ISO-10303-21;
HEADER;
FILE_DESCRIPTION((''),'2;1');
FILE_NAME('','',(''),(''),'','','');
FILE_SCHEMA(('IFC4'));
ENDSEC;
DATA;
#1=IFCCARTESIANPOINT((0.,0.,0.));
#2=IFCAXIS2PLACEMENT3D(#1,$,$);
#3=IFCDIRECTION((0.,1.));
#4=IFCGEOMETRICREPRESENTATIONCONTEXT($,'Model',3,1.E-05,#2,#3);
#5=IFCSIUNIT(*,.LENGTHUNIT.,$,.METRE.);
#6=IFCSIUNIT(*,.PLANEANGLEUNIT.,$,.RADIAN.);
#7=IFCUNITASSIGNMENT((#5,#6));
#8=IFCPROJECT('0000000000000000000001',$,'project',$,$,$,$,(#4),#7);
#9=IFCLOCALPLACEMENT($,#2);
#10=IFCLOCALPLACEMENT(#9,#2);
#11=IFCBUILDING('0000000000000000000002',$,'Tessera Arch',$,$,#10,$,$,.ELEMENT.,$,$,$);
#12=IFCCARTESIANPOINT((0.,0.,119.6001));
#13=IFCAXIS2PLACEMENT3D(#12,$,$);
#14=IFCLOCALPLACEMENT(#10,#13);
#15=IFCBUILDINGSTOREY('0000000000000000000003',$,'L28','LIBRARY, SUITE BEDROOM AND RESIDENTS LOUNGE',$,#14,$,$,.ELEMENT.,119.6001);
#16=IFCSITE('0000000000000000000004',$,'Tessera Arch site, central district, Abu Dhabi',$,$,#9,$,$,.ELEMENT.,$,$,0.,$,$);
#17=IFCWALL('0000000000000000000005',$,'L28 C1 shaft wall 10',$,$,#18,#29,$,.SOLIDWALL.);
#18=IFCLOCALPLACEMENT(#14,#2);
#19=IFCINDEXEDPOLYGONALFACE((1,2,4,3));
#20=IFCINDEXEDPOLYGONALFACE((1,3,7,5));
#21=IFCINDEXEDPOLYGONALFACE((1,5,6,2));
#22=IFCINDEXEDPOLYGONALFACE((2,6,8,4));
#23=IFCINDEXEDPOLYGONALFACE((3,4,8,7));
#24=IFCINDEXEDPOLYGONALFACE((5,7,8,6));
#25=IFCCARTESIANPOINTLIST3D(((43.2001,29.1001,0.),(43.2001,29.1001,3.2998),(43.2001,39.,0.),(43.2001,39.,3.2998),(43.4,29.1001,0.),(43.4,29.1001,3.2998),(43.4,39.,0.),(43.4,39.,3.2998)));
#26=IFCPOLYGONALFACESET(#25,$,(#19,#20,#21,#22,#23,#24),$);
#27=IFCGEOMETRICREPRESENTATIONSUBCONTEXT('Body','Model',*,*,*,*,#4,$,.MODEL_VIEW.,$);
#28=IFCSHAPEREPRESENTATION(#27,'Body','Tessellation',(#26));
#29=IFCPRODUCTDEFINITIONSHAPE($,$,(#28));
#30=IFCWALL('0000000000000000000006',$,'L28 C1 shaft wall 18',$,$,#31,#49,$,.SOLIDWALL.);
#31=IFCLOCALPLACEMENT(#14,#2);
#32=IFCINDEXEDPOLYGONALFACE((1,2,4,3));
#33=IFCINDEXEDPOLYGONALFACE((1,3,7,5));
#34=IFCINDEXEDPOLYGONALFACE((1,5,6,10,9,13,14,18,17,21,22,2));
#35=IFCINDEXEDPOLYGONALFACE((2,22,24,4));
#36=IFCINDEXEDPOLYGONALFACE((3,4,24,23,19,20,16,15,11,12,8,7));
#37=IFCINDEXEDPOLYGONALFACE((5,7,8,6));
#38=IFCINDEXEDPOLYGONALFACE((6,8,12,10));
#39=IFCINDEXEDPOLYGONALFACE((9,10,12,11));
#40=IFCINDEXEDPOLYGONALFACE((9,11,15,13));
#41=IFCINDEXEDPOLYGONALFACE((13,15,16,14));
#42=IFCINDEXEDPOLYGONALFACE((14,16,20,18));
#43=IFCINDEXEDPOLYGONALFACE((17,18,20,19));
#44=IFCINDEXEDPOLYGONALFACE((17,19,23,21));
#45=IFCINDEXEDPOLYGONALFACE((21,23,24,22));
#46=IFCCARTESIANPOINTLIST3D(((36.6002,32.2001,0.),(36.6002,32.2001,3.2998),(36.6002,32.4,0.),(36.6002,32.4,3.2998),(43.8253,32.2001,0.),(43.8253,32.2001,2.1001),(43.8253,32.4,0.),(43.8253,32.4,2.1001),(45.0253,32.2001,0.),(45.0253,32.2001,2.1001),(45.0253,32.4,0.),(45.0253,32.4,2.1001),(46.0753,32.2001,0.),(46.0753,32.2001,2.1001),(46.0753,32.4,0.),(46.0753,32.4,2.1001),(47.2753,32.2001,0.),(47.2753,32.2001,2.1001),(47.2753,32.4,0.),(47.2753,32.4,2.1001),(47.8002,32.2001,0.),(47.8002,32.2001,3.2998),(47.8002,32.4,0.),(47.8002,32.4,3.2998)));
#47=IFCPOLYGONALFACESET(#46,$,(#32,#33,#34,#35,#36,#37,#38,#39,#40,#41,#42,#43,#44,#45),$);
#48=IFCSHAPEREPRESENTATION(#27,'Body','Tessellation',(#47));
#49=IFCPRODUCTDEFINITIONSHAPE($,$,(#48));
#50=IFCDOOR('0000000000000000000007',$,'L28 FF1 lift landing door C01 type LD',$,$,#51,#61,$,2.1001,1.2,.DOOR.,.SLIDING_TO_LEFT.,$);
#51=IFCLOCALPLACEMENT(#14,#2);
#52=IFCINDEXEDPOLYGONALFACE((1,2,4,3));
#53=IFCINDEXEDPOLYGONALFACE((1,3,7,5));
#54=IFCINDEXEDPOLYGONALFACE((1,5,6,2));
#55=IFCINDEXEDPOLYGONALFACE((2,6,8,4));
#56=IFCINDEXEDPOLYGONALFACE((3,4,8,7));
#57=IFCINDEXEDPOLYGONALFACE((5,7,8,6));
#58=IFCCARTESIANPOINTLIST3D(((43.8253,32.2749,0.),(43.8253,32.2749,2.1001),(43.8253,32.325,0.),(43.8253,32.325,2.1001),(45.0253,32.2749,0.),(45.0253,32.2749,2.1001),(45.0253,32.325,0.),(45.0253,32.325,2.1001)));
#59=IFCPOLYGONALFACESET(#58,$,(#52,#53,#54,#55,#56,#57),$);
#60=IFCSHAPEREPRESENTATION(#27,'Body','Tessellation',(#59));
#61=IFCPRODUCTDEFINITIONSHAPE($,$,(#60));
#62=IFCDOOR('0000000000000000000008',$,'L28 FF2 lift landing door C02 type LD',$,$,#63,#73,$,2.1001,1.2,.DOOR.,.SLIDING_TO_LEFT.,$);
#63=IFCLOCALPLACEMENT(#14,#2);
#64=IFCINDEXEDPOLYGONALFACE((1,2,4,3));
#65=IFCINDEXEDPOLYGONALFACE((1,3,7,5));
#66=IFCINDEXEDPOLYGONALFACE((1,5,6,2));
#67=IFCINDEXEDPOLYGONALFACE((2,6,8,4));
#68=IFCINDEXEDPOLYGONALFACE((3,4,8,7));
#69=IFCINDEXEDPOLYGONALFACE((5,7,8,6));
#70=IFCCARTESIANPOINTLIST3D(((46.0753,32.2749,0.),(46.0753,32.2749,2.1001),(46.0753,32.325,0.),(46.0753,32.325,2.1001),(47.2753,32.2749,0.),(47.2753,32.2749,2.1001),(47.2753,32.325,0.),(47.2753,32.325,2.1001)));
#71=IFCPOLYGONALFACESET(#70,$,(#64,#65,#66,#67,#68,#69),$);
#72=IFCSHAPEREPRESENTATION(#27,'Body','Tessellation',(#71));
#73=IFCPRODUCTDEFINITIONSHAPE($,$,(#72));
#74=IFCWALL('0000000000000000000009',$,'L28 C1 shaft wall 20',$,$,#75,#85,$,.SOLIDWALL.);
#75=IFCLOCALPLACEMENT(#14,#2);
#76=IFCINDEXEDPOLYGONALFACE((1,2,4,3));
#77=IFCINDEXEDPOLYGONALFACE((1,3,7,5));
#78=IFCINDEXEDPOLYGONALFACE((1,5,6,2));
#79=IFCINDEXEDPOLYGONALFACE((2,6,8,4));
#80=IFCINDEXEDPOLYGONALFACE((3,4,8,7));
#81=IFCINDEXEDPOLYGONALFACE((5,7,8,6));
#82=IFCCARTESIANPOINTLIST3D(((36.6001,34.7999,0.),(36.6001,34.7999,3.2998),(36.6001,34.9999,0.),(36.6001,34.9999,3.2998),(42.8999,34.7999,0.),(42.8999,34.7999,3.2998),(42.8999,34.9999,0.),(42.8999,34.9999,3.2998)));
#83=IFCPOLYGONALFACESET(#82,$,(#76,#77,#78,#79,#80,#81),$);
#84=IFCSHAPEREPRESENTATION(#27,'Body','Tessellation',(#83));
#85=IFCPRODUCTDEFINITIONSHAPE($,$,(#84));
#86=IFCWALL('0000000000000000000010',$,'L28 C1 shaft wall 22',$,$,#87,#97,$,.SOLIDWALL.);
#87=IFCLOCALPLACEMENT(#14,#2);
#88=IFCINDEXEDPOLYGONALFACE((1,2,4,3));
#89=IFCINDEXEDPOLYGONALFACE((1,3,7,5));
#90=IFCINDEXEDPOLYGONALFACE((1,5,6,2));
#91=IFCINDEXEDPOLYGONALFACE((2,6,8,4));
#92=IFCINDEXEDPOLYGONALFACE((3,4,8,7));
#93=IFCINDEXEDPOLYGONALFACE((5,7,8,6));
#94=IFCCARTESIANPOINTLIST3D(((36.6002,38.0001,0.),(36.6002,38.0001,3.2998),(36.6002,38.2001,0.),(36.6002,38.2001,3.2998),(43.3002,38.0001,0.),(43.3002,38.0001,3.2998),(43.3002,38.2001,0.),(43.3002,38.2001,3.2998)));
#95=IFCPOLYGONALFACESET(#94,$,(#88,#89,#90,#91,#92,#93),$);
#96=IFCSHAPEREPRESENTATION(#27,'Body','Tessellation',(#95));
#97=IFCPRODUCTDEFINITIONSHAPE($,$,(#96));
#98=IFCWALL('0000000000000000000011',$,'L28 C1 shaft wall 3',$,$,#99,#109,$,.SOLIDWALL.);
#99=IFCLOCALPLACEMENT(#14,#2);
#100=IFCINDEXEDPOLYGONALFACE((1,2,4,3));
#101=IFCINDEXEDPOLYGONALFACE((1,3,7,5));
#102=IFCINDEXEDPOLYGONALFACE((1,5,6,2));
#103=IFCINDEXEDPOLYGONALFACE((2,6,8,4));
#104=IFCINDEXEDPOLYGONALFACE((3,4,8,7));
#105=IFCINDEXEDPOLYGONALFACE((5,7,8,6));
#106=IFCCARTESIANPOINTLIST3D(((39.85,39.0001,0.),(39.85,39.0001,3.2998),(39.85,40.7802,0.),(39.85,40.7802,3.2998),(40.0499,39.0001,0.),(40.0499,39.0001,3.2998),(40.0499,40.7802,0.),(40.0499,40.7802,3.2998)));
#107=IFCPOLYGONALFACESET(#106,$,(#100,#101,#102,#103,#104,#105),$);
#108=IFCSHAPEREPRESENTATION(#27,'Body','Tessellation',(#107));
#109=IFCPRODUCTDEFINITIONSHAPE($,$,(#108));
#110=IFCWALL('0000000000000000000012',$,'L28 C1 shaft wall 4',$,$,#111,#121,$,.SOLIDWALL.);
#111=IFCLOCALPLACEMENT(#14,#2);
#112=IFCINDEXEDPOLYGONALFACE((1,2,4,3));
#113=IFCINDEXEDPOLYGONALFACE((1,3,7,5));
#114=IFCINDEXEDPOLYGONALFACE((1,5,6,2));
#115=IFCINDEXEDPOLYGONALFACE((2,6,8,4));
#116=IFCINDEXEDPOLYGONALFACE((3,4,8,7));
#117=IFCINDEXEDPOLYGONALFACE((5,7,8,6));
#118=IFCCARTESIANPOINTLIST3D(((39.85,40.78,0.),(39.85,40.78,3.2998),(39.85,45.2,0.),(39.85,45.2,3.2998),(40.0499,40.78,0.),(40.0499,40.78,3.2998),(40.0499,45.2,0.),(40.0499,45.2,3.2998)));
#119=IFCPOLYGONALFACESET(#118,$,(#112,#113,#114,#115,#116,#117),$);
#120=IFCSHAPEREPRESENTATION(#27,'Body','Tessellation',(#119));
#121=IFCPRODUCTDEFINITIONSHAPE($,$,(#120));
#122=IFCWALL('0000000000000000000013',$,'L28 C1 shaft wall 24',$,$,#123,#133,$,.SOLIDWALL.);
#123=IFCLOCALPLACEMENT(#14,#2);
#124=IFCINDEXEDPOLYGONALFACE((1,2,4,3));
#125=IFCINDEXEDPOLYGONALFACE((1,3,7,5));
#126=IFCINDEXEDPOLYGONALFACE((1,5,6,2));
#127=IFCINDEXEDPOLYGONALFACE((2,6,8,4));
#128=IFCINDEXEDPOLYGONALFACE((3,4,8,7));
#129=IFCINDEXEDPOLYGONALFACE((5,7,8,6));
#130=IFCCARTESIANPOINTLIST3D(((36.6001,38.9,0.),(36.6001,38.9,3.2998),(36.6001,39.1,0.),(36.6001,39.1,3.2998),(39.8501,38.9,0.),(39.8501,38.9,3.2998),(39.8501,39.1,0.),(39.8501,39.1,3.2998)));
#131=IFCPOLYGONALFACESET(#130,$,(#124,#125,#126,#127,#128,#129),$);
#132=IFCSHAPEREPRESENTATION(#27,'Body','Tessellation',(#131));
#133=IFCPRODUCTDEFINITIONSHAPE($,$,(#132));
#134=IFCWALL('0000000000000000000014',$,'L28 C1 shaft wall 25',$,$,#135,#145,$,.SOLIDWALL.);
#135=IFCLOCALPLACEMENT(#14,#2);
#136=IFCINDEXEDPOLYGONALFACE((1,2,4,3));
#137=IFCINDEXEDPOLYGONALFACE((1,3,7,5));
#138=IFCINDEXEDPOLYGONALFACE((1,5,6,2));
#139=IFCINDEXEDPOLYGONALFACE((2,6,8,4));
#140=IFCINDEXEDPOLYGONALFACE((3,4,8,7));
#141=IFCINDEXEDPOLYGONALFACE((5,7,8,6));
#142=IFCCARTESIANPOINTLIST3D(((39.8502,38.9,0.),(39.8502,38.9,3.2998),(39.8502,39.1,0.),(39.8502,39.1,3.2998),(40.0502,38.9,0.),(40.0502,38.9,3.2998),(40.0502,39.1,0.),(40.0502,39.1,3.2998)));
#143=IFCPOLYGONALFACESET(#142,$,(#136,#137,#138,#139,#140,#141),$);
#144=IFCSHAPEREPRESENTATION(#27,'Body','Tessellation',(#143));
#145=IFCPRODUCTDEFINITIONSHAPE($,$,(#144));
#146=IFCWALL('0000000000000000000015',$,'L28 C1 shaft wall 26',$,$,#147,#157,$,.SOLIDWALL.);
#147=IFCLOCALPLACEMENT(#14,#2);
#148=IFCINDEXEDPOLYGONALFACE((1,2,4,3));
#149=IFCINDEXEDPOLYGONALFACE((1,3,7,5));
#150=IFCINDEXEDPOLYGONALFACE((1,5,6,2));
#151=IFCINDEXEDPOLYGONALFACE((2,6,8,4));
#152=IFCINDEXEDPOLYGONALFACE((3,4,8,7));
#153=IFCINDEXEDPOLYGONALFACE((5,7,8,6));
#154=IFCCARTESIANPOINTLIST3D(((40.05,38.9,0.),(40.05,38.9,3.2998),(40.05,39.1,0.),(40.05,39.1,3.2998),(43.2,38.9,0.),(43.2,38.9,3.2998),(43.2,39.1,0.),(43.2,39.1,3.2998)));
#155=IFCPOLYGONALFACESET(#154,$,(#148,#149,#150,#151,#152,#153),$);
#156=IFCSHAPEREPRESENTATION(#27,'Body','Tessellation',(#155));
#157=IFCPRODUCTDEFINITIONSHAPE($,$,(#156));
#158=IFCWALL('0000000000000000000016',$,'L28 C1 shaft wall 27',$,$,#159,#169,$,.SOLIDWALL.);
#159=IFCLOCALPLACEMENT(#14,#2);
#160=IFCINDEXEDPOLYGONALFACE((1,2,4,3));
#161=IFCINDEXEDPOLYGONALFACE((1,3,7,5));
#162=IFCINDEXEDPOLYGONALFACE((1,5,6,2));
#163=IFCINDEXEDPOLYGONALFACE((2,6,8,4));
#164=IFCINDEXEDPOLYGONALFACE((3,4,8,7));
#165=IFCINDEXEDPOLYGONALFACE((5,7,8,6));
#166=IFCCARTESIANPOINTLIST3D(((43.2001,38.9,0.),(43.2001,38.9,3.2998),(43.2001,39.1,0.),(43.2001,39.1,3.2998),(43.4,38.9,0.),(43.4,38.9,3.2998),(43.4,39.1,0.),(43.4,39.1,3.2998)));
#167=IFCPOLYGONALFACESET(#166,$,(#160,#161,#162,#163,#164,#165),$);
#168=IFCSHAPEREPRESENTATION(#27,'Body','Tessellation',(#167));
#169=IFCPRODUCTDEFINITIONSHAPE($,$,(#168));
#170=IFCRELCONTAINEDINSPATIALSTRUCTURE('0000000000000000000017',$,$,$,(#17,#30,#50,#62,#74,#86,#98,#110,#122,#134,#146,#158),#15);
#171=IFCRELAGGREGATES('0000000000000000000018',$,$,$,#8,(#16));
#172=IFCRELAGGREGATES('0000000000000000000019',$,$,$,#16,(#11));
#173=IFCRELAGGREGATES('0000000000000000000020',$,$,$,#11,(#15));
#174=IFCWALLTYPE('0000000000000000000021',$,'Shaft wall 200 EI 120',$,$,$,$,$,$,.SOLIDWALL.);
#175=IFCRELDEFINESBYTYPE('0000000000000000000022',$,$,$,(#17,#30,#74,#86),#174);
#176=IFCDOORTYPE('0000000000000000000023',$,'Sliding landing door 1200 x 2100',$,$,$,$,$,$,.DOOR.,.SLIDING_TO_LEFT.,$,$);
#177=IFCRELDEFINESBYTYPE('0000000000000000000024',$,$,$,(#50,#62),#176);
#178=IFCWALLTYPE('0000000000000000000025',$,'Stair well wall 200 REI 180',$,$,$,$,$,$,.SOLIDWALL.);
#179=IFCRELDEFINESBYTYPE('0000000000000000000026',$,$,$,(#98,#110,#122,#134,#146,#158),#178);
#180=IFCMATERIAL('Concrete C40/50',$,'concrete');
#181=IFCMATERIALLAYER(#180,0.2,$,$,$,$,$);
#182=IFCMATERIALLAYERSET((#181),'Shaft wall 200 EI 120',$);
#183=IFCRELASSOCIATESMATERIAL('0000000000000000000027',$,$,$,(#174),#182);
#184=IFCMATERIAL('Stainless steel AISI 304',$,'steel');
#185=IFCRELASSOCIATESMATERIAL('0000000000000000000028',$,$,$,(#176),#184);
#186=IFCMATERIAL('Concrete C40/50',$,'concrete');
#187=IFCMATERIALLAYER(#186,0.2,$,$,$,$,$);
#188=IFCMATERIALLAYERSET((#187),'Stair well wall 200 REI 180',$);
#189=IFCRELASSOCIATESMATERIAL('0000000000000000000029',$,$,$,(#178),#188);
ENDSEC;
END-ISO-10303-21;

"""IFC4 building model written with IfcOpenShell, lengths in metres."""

from ifc_helpers import new_model, si_unit, direction, frame, frame_2d, origin, place, context, subcontext, project, spatial, rectangle, extrude, material, layer, layer_set, type_object, element, fill, save


model = new_model("IFC4")

# Units and contexts
model_context = context("Model", 3, precision=1e-05, world=origin(), true_north=direction((0.0, 1.0)))
body_context = subcontext(model_context, "Body", "Model", "MODEL_VIEW")
ifc_project = project(units=[si_unit("LENGTHUNIT", "METRE"), si_unit("PLANEANGLEUNIT", "RADIAN")], contexts=[model_context])

# Site, building, storey
site_placement = place(None, origin())
site = spatial("IfcSite", under=ifc_project, at=site_placement, Name="Tessera Arch site, central district, Abu Dhabi", CompositionType="ELEMENT", RefElevation=0.0)
building_placement = place(site_placement, origin())
building = spatial("IfcBuilding", under=site, at=building_placement, Name="Tessera Arch", CompositionType="ELEMENT")
storey_placement = place(building_placement, frame((0.0, 0.0, 119.6001)))
storey = spatial("IfcBuildingStorey", under=building, at=storey_placement, Name="L28", Description="LIBRARY, SUITE BEDROOM AND RESIDENTS LOUNGE", CompositionType="ELEMENT", Elevation=119.6001)

# Wall
ifc_material_1 = material(Name="Concrete C40/50", Category="concrete")
ifc_layer_1 = layer(ifc_material_1, 0.2)
ifc_layer_set_1 = layer_set([ifc_layer_1], Name="Shaft wall 200 EI 120")
wall_type_1 = type_object("IfcWallType", Name="Shaft wall 200 EI 120", PredefinedType="SOLIDWALL", material=ifc_layer_set_1)
wall_1_placement = place(storey_placement, frame((43.3, 29.1001, 0.0), z_axis=(0.0, 0.0, 1.0), x_axis=(0.0, 1.0, 0.0)))
element("IfcWall", 1, at=wall_1_placement, inside=storey, type_object=wall_type_1, Name="L28 C1 shaft wall 10", PredefinedType="SOLIDWALL", context=body_context, shape_type="SweptSolid", body=[
    extrude(rectangle(XDim=9.8999, YDim=0.2, at=frame_2d((4.95, 0.0))), origin(), (0.0, 0.0, 1.0), 3.2998),
])

# Wall, openings, doors
wall_2_placement = place(storey_placement, frame((36.6001, 32.3, 0.0), z_axis=(0.0, 0.0, 1.0), x_axis=(1.0, 0.0, 0.0)))
wall_2 = element("IfcWall", 2, at=wall_2_placement, inside=storey, type_object=wall_type_1, Name="L28 C1 shaft wall 18", PredefinedType="SOLIDWALL", context=body_context, shape_type="SweptSolid", body=[
    extrude(rectangle(XDim=11.2, YDim=0.2, at=frame_2d((5.6001, 0.0))), origin(), (0.0, 0.0, 1.0), 3.2998),
])
opening_1_placement = place(wall_2_placement, frame((7.2251, 0.0, 0.0)))
opening_1 = element("IfcOpeningElement", 3, at=opening_1_placement, cuts=wall_2, PredefinedType="OPENING", context=body_context, shape_type="SweptSolid", body=[
    extrude(rectangle(XDim=1.2, YDim=2.1001, at=frame_2d((0.6001, 1.05))), frame((0.0, 0.1099, 0.0), z_axis=(0.0, -1.0, 0.0), x_axis=(1.0, 0.0, 0.0)), (0.0, 0.0, 1.0), 0.22),
])
opening_2_placement = place(wall_2_placement, frame((9.4751, 0.0, 0.0)))
opening_2 = element("IfcOpeningElement", 4, at=opening_2_placement, cuts=wall_2, PredefinedType="OPENING", context=body_context, shape_type="SweptSolid", body=[
    extrude(rectangle(XDim=1.2, YDim=2.1001, at=frame_2d((0.6001, 1.05))), frame((0.0, 0.1099, 0.0), z_axis=(0.0, -1.0, 0.0), x_axis=(1.0, 0.0, 0.0)), (0.0, 0.0, 1.0), 0.22),
])
ifc_material_2 = material(Name="Stainless steel AISI 304", Category="steel")
door_type_1 = type_object("IfcDoorType", Name="Sliding landing door 1200 x 2100", OperationType="SLIDING_TO_LEFT", PredefinedType="DOOR", material=ifc_material_2)
door_1_placement = place(opening_1_placement, origin())
door_1 = element("IfcDoor", 5, at=door_1_placement, inside=storey, type_object=door_type_1, Name="L28 FF1 lift landing door C01 type LD", OperationType="SLIDING_TO_LEFT", OverallHeight=2.1001, OverallWidth=1.2, PredefinedType="DOOR", context=body_context, shape_type="SweptSolid", body=[
    extrude(rectangle(XDim=1.2, YDim=2.1001, at=frame_2d((0.6001, 1.05))), frame((0.0, 0.0249, 0.0), z_axis=(0.0, -1.0, 0.0), x_axis=(1.0, 0.0, 0.0)), (0.0, 0.0, 1.0), 0.05),
])
fill(opening_1, door_1)
door_2_placement = place(opening_2_placement, origin())
door_2 = element("IfcDoor", 6, at=door_2_placement, inside=storey, type_object=door_type_1, Name="L28 FF2 lift landing door C02 type LD", OperationType="SLIDING_TO_LEFT", OverallHeight=2.1001, OverallWidth=1.2, PredefinedType="DOOR", context=body_context, shape_type="SweptSolid", body=[
    extrude(rectangle(XDim=1.2, YDim=2.1001, at=frame_2d((0.6001, 1.05))), frame((0.0, 0.0249, 0.0), z_axis=(0.0, -1.0, 0.0), x_axis=(1.0, 0.0, 0.0)), (0.0, 0.0, 1.0), 0.05),
])
fill(opening_2, door_2)

# Walls
wall_3_placement = place(storey_placement, frame((36.6001, 34.8999, 0.0), z_axis=(0.0, 0.0, 1.0), x_axis=(1.0, 0.0, 0.0)))
element("IfcWall", 7, at=wall_3_placement, inside=storey, type_object=wall_type_1, Name="L28 C1 shaft wall 20", PredefinedType="SOLIDWALL", context=body_context, shape_type="SweptSolid", body=[
    extrude(rectangle(XDim=6.2998, YDim=0.2, at=frame_2d((3.1499, 0.0))), origin(), (0.0, 0.0, 1.0), 3.2998),
])
wall_4_placement = place(storey_placement, frame((36.6001, 38.1001, 0.0), z_axis=(0.0, 0.0, 1.0), x_axis=(1.0, 0.0, 0.0)))
element("IfcWall", 8, at=wall_4_placement, inside=storey, type_object=wall_type_1, Name="L28 C1 shaft wall 22", PredefinedType="SOLIDWALL", context=body_context, shape_type="SweptSolid", body=[
    extrude(rectangle(XDim=6.7, YDim=0.2, at=frame_2d((3.3501, 0.0))), origin(), (0.0, 0.0, 1.0), 3.2998),
])
ifc_material_3 = material(Name="Concrete C40/50", Category="concrete")
ifc_layer_2 = layer(ifc_material_3, 0.2)
ifc_layer_set_2 = layer_set([ifc_layer_2], Name="Stair well wall 200 REI 180")
wall_type_2 = type_object("IfcWallType", Name="Stair well wall 200 REI 180", PredefinedType="SOLIDWALL", material=ifc_layer_set_2)
wall_5_placement = place(storey_placement, frame((39.95, 39.0, 0.0), z_axis=(0.0, 0.0, 1.0), x_axis=(0.0, 1.0, 0.0)))
element("IfcWall", 9, at=wall_5_placement, inside=storey, type_object=wall_type_2, Name="L28 C1 shaft wall 3", PredefinedType="SOLIDWALL", context=body_context, shape_type="SweptSolid", body=[
    extrude(rectangle(XDim=1.78, YDim=0.2, at=frame_2d((0.8901, 0.0))), origin(), (0.0, 0.0, 1.0), 3.2998),
])
wall_6_placement = place(storey_placement, frame((39.95, 40.78, 0.0), z_axis=(0.0, 0.0, 1.0), x_axis=(0.0, 1.0, 0.0)))
element("IfcWall", 10, at=wall_6_placement, inside=storey, type_object=wall_type_2, Name="L28 C1 shaft wall 4", PredefinedType="SOLIDWALL", context=body_context, shape_type="SweptSolid", body=[
    extrude(rectangle(XDim=4.4199, YDim=0.2, at=frame_2d((2.21, 0.0))), origin(), (0.0, 0.0, 1.0), 3.2998),
])
wall_7_placement = place(storey_placement, frame((36.6001, 39.0, 0.0), z_axis=(0.0, 0.0, 1.0), x_axis=(1.0, 0.0, 0.0)))
element("IfcWall", 11, at=wall_7_placement, inside=storey, type_object=wall_type_2, Name="L28 C1 shaft wall 24", PredefinedType="SOLIDWALL", context=body_context, shape_type="SweptSolid", body=[
    extrude(rectangle(XDim=3.25, YDim=0.2, at=frame_2d((1.625, 0.0))), origin(), (0.0, 0.0, 1.0), 3.2998),
])
wall_8_placement = place(storey_placement, frame((39.8501, 39.0, 0.0), z_axis=(0.0, 0.0, 1.0), x_axis=(1.0, 0.0, 0.0)))
element("IfcWall", 12, at=wall_8_placement, inside=storey, type_object=wall_type_2, Name="L28 C1 shaft wall 25", PredefinedType="SOLIDWALL", context=body_context, shape_type="SweptSolid", body=[
    extrude(rectangle(XDim=0.2, YDim=0.2, at=frame_2d((0.1001, 0.0))), origin(), (0.0, 0.0, 1.0), 3.2998),
])
wall_9_placement = place(storey_placement, frame((40.05, 39.0, 0.0), z_axis=(0.0, 0.0, 1.0), x_axis=(1.0, 0.0, 0.0)))
element("IfcWall", 13, at=wall_9_placement, inside=storey, type_object=wall_type_2, Name="L28 C1 shaft wall 26", PredefinedType="SOLIDWALL", context=body_context, shape_type="SweptSolid", body=[
    extrude(rectangle(XDim=3.1499, YDim=0.2, at=frame_2d((1.575, 0.0))), origin(), (0.0, 0.0, 1.0), 3.2998),
])
wall_10_placement = place(storey_placement, frame((43.2, 39.0, 0.0), z_axis=(0.0, 0.0, 1.0), x_axis=(1.0, 0.0, 0.0)))
element("IfcWall", 14, at=wall_10_placement, inside=storey, type_object=wall_type_2, Name="L28 C1 shaft wall 27", PredefinedType="SOLIDWALL", context=body_context, shape_type="SweptSolid", body=[
    extrude(rectangle(XDim=0.2, YDim=0.2, at=frame_2d((0.1001, 0.0))), origin(), (0.0, 0.0, 1.0), 3.2998),
])

save(model, "model.ifc")
